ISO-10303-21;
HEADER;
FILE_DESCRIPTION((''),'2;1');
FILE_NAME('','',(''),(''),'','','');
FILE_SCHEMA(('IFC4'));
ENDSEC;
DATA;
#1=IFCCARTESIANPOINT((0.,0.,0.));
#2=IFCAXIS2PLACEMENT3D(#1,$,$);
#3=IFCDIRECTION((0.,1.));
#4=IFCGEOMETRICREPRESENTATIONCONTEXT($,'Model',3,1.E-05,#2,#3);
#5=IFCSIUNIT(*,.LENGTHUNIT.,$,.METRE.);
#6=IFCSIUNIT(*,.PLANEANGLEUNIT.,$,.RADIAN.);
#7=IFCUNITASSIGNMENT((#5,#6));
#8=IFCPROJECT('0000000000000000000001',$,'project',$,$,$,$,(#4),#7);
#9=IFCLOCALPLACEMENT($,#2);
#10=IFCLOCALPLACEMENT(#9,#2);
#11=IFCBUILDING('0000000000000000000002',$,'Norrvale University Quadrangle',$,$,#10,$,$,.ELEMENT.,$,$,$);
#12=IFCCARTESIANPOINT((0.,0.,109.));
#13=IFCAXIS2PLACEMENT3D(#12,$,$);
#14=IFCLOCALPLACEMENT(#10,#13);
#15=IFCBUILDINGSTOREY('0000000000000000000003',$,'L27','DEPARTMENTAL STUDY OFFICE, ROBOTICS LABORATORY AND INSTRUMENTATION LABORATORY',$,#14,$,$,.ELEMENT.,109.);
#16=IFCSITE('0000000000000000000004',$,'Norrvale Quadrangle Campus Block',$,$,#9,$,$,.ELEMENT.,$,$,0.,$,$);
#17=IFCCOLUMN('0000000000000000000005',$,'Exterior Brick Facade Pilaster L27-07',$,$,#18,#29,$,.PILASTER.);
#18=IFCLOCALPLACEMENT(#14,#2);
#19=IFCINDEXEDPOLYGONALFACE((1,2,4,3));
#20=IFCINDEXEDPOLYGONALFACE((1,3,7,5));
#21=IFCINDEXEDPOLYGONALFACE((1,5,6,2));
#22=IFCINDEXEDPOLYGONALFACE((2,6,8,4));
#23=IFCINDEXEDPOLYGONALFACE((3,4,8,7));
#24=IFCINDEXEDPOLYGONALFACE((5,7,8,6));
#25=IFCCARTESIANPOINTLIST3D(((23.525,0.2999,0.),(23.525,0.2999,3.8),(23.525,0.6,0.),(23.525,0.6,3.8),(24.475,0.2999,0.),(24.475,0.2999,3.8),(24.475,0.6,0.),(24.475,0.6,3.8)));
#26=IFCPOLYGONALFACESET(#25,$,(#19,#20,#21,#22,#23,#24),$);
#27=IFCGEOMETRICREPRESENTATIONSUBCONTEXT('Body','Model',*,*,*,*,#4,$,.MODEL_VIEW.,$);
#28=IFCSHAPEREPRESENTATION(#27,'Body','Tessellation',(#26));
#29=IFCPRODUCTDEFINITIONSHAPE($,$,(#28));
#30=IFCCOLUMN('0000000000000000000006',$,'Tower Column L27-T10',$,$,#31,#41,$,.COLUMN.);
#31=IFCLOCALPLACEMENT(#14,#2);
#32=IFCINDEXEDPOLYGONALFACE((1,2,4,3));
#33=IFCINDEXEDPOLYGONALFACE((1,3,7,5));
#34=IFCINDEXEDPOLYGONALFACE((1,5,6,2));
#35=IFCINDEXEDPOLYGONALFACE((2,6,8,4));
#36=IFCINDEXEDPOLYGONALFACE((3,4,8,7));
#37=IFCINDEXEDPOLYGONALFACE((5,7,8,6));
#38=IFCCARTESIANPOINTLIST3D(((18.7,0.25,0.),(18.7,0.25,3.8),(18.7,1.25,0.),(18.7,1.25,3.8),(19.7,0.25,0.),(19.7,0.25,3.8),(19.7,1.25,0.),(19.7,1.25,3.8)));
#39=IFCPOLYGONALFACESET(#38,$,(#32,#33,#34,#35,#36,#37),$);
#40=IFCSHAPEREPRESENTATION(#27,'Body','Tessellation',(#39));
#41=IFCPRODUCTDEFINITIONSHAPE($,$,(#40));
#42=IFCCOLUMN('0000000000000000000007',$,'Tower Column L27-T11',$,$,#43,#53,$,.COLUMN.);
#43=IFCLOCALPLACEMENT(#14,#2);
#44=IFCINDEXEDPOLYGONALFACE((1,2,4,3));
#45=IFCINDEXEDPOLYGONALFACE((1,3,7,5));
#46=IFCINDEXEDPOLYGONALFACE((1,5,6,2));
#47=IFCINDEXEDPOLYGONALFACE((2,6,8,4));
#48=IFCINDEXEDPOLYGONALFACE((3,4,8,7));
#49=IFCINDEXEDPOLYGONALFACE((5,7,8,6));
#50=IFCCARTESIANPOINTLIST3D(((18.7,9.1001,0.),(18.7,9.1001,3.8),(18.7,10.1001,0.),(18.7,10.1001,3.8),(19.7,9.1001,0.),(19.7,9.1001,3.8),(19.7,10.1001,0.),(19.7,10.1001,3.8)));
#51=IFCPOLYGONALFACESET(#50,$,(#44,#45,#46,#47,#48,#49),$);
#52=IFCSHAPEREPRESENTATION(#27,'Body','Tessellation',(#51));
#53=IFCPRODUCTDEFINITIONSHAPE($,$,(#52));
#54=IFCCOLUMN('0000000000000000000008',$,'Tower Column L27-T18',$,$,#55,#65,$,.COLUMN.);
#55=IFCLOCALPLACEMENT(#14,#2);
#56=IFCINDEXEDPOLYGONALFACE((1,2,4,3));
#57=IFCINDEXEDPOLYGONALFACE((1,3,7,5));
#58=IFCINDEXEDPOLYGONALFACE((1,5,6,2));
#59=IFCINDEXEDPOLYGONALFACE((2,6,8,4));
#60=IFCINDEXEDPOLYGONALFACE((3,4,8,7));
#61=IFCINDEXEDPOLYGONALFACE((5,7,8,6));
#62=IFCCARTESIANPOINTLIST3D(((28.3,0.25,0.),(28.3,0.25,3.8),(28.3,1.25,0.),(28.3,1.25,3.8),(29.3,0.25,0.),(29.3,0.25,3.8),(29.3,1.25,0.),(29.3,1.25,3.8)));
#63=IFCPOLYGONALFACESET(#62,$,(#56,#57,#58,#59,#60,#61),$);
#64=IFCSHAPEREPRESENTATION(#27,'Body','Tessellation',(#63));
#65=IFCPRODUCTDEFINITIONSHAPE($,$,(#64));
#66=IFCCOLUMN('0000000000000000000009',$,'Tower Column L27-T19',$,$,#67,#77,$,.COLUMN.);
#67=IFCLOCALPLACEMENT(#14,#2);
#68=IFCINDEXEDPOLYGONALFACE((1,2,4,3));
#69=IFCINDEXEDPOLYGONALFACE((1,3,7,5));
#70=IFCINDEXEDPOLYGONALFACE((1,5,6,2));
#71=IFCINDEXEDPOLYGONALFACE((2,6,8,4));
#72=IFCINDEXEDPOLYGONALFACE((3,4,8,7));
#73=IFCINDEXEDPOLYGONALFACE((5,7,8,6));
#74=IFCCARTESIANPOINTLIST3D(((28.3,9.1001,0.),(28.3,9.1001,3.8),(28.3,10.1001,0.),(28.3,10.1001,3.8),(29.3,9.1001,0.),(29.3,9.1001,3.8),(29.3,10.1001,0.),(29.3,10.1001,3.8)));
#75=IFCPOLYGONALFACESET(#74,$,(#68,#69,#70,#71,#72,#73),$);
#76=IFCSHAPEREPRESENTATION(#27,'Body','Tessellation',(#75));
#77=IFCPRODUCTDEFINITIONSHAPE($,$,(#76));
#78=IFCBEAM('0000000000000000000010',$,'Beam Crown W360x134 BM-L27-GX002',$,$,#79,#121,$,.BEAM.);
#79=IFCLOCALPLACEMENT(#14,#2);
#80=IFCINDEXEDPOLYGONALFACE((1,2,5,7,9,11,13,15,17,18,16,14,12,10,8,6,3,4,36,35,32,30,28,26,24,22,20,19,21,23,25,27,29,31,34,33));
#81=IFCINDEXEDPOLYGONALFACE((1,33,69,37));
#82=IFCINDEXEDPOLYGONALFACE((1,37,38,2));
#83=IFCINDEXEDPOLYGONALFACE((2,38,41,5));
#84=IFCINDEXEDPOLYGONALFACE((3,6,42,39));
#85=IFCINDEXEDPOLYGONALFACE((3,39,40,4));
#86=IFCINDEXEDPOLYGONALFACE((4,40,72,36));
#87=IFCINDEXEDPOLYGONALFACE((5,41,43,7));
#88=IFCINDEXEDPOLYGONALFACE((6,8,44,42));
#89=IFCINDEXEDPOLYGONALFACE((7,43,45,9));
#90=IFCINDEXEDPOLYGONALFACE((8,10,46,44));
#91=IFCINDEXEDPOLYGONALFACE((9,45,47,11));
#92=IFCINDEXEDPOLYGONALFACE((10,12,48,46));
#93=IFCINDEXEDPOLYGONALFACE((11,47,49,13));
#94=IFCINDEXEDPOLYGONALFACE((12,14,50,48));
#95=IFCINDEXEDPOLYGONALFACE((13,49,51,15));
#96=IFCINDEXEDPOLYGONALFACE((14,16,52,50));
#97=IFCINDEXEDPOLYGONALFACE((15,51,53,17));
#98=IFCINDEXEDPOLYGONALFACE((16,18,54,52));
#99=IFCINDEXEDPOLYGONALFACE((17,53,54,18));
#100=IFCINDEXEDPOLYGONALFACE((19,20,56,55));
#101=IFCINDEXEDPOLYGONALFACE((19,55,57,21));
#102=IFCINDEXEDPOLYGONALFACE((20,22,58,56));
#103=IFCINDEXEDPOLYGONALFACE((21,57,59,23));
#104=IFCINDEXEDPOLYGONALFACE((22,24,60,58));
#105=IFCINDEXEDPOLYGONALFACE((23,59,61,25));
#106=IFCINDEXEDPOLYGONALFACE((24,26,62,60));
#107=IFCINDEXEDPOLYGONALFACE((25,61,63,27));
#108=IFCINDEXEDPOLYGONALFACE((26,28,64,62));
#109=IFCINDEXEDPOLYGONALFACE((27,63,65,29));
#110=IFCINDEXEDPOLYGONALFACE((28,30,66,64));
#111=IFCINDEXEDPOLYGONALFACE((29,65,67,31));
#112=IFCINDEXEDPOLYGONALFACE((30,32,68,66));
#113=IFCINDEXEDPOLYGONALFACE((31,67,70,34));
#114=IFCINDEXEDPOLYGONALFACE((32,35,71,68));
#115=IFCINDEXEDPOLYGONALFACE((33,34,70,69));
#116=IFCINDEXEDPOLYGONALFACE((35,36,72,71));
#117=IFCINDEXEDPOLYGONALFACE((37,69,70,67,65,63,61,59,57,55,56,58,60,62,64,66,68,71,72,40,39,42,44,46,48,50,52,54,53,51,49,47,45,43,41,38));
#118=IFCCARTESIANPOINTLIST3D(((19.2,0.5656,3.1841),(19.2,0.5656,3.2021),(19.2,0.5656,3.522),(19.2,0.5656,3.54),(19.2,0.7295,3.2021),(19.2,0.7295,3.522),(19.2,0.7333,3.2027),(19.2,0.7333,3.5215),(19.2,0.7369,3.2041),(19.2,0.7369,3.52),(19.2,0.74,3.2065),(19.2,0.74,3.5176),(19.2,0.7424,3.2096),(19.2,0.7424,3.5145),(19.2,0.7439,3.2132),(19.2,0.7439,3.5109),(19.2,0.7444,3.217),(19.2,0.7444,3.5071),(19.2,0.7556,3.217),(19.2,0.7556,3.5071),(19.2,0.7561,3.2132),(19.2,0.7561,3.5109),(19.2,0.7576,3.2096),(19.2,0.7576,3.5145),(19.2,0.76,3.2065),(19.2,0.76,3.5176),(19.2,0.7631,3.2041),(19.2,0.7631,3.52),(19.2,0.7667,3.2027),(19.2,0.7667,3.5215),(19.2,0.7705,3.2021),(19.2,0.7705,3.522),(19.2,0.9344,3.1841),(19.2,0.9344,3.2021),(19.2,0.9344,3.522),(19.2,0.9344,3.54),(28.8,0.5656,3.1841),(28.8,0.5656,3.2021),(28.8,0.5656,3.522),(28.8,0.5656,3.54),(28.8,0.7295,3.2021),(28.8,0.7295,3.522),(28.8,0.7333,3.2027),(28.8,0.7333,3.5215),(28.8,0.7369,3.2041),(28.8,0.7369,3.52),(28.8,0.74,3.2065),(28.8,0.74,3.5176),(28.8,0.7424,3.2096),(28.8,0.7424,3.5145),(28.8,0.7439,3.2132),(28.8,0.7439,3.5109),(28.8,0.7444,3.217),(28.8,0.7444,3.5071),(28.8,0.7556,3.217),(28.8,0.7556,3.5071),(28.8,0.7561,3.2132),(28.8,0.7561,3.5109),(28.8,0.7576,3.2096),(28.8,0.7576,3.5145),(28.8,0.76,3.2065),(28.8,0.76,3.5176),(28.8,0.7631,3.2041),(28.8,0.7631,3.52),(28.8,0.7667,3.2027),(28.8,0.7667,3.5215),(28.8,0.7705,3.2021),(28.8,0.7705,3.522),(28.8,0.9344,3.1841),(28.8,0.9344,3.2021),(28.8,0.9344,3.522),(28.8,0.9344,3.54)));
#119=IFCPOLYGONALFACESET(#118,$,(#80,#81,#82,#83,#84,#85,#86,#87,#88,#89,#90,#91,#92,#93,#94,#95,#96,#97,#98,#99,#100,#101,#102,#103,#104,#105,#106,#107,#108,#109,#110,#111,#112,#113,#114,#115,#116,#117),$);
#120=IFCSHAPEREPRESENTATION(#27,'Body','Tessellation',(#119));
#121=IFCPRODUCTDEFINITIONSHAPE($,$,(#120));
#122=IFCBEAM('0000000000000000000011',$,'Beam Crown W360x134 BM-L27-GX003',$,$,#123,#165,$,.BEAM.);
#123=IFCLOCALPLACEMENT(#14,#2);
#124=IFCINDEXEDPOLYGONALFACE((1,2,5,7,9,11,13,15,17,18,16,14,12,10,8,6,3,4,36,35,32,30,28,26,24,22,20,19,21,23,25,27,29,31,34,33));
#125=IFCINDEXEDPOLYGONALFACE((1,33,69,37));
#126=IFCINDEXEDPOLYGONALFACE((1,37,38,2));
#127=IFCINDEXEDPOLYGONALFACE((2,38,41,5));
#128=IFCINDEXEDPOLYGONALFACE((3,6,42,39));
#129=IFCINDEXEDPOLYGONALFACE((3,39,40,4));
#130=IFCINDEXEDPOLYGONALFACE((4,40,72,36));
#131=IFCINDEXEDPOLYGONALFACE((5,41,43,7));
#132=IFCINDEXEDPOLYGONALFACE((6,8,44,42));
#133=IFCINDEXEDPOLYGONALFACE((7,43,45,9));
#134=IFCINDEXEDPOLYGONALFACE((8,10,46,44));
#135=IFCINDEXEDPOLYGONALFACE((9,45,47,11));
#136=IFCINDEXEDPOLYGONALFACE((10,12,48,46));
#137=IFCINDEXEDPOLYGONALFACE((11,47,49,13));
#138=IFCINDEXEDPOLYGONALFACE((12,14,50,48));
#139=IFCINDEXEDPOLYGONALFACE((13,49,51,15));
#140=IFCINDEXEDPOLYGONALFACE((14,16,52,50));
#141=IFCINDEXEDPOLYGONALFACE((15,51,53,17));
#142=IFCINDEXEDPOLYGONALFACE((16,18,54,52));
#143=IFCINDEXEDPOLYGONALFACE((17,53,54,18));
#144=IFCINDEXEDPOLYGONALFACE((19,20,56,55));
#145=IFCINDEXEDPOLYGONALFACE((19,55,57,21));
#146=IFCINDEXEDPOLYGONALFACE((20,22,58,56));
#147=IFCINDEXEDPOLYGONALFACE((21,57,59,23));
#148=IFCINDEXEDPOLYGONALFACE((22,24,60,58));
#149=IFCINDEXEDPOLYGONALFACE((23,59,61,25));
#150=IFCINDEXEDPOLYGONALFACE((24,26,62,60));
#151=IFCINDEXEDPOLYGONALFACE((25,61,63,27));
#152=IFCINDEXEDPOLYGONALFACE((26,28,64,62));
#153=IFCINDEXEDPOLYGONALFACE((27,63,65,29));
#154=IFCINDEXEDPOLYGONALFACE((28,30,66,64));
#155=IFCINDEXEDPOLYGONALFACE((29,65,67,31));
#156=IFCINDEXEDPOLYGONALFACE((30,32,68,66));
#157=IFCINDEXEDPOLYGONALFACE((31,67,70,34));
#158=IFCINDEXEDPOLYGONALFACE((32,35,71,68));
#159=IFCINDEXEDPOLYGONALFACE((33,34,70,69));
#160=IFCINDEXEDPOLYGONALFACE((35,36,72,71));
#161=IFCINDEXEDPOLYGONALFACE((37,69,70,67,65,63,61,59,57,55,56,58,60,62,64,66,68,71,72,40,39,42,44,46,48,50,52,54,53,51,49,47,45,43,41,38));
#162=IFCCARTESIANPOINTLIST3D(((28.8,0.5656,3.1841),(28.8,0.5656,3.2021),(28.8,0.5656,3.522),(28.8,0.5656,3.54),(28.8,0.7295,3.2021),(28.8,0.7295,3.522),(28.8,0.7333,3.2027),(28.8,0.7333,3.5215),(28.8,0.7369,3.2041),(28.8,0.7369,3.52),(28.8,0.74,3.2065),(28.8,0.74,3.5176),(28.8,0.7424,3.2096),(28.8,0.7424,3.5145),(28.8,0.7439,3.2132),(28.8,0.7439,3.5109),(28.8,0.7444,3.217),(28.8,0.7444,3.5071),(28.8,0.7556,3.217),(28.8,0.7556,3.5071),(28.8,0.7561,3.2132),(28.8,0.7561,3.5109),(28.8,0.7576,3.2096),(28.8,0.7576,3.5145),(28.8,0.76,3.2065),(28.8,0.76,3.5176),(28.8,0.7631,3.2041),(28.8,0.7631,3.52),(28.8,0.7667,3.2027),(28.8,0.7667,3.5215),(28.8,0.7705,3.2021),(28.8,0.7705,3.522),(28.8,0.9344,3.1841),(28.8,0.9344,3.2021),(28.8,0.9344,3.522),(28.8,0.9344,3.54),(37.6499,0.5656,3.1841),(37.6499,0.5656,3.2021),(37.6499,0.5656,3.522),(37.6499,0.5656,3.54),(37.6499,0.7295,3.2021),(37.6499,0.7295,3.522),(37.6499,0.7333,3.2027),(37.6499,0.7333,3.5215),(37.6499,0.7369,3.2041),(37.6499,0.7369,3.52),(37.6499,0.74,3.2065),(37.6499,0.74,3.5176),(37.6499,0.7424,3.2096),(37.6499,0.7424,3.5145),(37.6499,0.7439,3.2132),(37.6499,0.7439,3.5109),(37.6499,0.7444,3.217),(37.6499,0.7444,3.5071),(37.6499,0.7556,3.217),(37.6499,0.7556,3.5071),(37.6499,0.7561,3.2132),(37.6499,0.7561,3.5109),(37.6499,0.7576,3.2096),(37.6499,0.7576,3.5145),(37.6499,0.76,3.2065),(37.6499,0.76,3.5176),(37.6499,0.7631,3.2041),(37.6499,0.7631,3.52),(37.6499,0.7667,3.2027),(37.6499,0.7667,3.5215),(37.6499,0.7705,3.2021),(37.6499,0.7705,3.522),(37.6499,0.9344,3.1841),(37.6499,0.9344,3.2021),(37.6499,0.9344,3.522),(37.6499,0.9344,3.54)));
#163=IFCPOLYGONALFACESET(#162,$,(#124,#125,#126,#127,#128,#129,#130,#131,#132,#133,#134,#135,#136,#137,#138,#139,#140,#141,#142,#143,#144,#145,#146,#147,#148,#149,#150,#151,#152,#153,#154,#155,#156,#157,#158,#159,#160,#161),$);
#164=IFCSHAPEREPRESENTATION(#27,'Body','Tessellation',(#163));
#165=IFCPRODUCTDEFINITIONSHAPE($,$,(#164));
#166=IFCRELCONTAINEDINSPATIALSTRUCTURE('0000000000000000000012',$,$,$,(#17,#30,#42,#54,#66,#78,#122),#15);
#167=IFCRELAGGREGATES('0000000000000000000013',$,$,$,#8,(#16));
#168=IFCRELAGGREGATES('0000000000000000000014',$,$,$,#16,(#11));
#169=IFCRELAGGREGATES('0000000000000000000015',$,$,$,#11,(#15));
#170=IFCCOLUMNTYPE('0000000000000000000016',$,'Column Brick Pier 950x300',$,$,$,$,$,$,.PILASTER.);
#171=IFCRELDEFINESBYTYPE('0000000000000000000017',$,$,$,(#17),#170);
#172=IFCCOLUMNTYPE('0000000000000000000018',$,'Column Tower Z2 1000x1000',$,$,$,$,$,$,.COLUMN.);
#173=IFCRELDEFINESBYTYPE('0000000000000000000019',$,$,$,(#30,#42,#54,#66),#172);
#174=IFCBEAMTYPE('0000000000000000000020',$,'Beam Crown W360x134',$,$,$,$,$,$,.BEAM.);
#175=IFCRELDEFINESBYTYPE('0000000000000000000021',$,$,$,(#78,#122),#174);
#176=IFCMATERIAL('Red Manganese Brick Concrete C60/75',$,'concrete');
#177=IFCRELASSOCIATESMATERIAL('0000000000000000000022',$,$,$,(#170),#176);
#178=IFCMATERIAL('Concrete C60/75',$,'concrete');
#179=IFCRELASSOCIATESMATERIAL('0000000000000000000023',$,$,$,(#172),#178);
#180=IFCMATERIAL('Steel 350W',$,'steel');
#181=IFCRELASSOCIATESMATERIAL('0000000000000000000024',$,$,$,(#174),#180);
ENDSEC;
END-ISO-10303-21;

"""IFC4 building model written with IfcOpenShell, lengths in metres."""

from ifc_helpers import new_model, si_unit, direction, frame, origin, origin_2d, place, context, subcontext, project, spatial, rectangle, i_section, extrude, material, material_profile, profile_set, type_object, element, save


model = new_model("IFC4")

# Units and contexts
model_context = context("Model", 3, precision=1e-05, world=origin(), true_north=direction((0.0, 1.0)))
body_context = subcontext(model_context, "Body", "Model", "MODEL_VIEW")
ifc_project = project(units=[si_unit("LENGTHUNIT", "METRE"), si_unit("PLANEANGLEUNIT", "RADIAN")], contexts=[model_context])

# Site, building, storey
site_placement = place(None, origin())
site = spatial("IfcSite", under=ifc_project, at=site_placement, Name="Norrvale Quadrangle Campus Block", CompositionType="ELEMENT", RefElevation=0.0)
building_placement = place(site_placement, origin())
building = spatial("IfcBuilding", under=site, at=building_placement, Name="Norrvale University Quadrangle", CompositionType="ELEMENT")
storey_placement = place(building_placement, frame((0.0, 0.0, 109.0)))
storey = spatial("IfcBuildingStorey", under=building, at=storey_placement, Name="L27", Description="DEPARTMENTAL STUDY OFFICE, ROBOTICS LABORATORY AND INSTRUMENTATION LABORATORY", CompositionType="ELEMENT", Elevation=109.0)

# Columns
ifc_material_1 = material(Name="Red Manganese Brick Concrete C60/75", Category="concrete")
ifc_material_profile_1 = material_profile(ifc_material_1, rectangle(XDim=0.95, YDim=0.3, at=origin_2d()), Name="Red Manganese Brick Concrete C60/75")
ifc_profile_set_1 = profile_set([ifc_material_profile_1], Name="Red Manganese Brick Concrete C60/75")
column_type_1 = type_object("IfcColumnType", Name="Column Brick Pier 950x300", PredefinedType="PILASTER", material=ifc_profile_set_1)
column_placement = place(storey_placement, frame((24.0, 0.45, 0.0), z_axis=(0.0, 0.0, 1.0), x_axis=(1.0, 0.0, 0.0)))
element("IfcColumn", 1, at=column_placement, inside=storey, type_object=column_type_1, Name="Exterior Brick Facade Pilaster L27-07", PredefinedType="PILASTER", context=body_context, shape_type="SweptSolid", body=[
    extrude(rectangle(XDim=0.95, YDim=0.3, at=origin_2d()), origin(), (0.0, 0.0, 1.0), 3.8),
])
ifc_material_2 = material(Name="Concrete C60/75", Category="concrete")
ifc_material_profile_2 = material_profile(ifc_material_2, rectangle(XDim=1.0, YDim=1.0, at=origin_2d()), Name="Concrete C60/75")
ifc_profile_set_2 = profile_set([ifc_material_profile_2], Name="Concrete C60/75")
column_type_2 = type_object("IfcColumnType", Name="Column Tower Z2 1000x1000", PredefinedType="COLUMN", material=ifc_profile_set_2)
for number, where, z_axis, x_axis, name in (
    (2, (19.2, 0.75, 0.0), (0.0, 0.0, 1.0), (1.0, 0.0, 0.0), "Tower Column L27-T10"),
    (3, (19.2, 9.6001, 0.0), (0.0, 0.0, 1.0), (1.0, 0.0, 0.0), "Tower Column L27-T11"),
    (4, (28.8, 0.75, 0.0), (0.0, 0.0, 1.0), (1.0, 0.0, 0.0), "Tower Column L27-T18"),
    (5, (28.8, 9.6001, 0.0), (0.0, 0.0, 1.0), (1.0, 0.0, 0.0), "Tower Column L27-T19"),
):
    element("IfcColumn", number, at=place(storey_placement, frame(where, z_axis=z_axis, x_axis=x_axis)), inside=storey, type_object=column_type_2, Name=name, PredefinedType="COLUMN", context=body_context, shape_type="SweptSolid", body=[
        extrude(rectangle(XDim=1.0, YDim=1.0, at=origin_2d()), origin(), (0.0, 0.0, 1.0), 3.8),
    ])

# Beams
ifc_material_3 = material(Name="Steel 350W", Category="steel")
ifc_material_profile_3 = material_profile(ifc_material_3, i_section(OverallWidth=0.3689, OverallDepth=0.356, WebThickness=0.0112, FlangeThickness=0.0181, FilletRadius=0.0149, at=origin_2d()), Name="Steel 350W")
ifc_profile_set_3 = profile_set([ifc_material_profile_3], Name="Steel 350W")
beam_type_1 = type_object("IfcBeamType", Name="Beam Crown W360x134", PredefinedType="BEAM", material=ifc_profile_set_3)
beam_1_placement = place(storey_placement, frame((19.2, 0.75, 3.3621), z_axis=(1.0, 0.0, 0.0), x_axis=(0.0, 1.0, 0.0)))
element("IfcBeam", 6, at=beam_1_placement, inside=storey, type_object=beam_type_1, Name="Beam Crown W360x134 BM-L27-GX002", PredefinedType="BEAM", context=body_context, shape_type="SweptSolid", body=[
    extrude(i_section(OverallWidth=0.3689, OverallDepth=0.356, WebThickness=0.0112, FlangeThickness=0.0181, FilletRadius=0.0149, at=origin_2d()), origin(), (0.0, 0.0, 1.0), 9.6001),
])
beam_2_placement = place(storey_placement, frame((28.8, 0.75, 3.3621), z_axis=(1.0, 0.0, 0.0), x_axis=(0.0, 1.0, 0.0)))
element("IfcBeam", 7, at=beam_2_placement, inside=storey, type_object=beam_type_1, Name="Beam Crown W360x134 BM-L27-GX003", PredefinedType="BEAM", context=body_context, shape_type="SweptSolid", body=[
    extrude(i_section(OverallWidth=0.3689, OverallDepth=0.356, WebThickness=0.0112, FlangeThickness=0.0181, FilletRadius=0.0149, at=origin_2d()), origin(), (0.0, 0.0, 1.0), 8.8499),
])

save(model, "model.ifc")
